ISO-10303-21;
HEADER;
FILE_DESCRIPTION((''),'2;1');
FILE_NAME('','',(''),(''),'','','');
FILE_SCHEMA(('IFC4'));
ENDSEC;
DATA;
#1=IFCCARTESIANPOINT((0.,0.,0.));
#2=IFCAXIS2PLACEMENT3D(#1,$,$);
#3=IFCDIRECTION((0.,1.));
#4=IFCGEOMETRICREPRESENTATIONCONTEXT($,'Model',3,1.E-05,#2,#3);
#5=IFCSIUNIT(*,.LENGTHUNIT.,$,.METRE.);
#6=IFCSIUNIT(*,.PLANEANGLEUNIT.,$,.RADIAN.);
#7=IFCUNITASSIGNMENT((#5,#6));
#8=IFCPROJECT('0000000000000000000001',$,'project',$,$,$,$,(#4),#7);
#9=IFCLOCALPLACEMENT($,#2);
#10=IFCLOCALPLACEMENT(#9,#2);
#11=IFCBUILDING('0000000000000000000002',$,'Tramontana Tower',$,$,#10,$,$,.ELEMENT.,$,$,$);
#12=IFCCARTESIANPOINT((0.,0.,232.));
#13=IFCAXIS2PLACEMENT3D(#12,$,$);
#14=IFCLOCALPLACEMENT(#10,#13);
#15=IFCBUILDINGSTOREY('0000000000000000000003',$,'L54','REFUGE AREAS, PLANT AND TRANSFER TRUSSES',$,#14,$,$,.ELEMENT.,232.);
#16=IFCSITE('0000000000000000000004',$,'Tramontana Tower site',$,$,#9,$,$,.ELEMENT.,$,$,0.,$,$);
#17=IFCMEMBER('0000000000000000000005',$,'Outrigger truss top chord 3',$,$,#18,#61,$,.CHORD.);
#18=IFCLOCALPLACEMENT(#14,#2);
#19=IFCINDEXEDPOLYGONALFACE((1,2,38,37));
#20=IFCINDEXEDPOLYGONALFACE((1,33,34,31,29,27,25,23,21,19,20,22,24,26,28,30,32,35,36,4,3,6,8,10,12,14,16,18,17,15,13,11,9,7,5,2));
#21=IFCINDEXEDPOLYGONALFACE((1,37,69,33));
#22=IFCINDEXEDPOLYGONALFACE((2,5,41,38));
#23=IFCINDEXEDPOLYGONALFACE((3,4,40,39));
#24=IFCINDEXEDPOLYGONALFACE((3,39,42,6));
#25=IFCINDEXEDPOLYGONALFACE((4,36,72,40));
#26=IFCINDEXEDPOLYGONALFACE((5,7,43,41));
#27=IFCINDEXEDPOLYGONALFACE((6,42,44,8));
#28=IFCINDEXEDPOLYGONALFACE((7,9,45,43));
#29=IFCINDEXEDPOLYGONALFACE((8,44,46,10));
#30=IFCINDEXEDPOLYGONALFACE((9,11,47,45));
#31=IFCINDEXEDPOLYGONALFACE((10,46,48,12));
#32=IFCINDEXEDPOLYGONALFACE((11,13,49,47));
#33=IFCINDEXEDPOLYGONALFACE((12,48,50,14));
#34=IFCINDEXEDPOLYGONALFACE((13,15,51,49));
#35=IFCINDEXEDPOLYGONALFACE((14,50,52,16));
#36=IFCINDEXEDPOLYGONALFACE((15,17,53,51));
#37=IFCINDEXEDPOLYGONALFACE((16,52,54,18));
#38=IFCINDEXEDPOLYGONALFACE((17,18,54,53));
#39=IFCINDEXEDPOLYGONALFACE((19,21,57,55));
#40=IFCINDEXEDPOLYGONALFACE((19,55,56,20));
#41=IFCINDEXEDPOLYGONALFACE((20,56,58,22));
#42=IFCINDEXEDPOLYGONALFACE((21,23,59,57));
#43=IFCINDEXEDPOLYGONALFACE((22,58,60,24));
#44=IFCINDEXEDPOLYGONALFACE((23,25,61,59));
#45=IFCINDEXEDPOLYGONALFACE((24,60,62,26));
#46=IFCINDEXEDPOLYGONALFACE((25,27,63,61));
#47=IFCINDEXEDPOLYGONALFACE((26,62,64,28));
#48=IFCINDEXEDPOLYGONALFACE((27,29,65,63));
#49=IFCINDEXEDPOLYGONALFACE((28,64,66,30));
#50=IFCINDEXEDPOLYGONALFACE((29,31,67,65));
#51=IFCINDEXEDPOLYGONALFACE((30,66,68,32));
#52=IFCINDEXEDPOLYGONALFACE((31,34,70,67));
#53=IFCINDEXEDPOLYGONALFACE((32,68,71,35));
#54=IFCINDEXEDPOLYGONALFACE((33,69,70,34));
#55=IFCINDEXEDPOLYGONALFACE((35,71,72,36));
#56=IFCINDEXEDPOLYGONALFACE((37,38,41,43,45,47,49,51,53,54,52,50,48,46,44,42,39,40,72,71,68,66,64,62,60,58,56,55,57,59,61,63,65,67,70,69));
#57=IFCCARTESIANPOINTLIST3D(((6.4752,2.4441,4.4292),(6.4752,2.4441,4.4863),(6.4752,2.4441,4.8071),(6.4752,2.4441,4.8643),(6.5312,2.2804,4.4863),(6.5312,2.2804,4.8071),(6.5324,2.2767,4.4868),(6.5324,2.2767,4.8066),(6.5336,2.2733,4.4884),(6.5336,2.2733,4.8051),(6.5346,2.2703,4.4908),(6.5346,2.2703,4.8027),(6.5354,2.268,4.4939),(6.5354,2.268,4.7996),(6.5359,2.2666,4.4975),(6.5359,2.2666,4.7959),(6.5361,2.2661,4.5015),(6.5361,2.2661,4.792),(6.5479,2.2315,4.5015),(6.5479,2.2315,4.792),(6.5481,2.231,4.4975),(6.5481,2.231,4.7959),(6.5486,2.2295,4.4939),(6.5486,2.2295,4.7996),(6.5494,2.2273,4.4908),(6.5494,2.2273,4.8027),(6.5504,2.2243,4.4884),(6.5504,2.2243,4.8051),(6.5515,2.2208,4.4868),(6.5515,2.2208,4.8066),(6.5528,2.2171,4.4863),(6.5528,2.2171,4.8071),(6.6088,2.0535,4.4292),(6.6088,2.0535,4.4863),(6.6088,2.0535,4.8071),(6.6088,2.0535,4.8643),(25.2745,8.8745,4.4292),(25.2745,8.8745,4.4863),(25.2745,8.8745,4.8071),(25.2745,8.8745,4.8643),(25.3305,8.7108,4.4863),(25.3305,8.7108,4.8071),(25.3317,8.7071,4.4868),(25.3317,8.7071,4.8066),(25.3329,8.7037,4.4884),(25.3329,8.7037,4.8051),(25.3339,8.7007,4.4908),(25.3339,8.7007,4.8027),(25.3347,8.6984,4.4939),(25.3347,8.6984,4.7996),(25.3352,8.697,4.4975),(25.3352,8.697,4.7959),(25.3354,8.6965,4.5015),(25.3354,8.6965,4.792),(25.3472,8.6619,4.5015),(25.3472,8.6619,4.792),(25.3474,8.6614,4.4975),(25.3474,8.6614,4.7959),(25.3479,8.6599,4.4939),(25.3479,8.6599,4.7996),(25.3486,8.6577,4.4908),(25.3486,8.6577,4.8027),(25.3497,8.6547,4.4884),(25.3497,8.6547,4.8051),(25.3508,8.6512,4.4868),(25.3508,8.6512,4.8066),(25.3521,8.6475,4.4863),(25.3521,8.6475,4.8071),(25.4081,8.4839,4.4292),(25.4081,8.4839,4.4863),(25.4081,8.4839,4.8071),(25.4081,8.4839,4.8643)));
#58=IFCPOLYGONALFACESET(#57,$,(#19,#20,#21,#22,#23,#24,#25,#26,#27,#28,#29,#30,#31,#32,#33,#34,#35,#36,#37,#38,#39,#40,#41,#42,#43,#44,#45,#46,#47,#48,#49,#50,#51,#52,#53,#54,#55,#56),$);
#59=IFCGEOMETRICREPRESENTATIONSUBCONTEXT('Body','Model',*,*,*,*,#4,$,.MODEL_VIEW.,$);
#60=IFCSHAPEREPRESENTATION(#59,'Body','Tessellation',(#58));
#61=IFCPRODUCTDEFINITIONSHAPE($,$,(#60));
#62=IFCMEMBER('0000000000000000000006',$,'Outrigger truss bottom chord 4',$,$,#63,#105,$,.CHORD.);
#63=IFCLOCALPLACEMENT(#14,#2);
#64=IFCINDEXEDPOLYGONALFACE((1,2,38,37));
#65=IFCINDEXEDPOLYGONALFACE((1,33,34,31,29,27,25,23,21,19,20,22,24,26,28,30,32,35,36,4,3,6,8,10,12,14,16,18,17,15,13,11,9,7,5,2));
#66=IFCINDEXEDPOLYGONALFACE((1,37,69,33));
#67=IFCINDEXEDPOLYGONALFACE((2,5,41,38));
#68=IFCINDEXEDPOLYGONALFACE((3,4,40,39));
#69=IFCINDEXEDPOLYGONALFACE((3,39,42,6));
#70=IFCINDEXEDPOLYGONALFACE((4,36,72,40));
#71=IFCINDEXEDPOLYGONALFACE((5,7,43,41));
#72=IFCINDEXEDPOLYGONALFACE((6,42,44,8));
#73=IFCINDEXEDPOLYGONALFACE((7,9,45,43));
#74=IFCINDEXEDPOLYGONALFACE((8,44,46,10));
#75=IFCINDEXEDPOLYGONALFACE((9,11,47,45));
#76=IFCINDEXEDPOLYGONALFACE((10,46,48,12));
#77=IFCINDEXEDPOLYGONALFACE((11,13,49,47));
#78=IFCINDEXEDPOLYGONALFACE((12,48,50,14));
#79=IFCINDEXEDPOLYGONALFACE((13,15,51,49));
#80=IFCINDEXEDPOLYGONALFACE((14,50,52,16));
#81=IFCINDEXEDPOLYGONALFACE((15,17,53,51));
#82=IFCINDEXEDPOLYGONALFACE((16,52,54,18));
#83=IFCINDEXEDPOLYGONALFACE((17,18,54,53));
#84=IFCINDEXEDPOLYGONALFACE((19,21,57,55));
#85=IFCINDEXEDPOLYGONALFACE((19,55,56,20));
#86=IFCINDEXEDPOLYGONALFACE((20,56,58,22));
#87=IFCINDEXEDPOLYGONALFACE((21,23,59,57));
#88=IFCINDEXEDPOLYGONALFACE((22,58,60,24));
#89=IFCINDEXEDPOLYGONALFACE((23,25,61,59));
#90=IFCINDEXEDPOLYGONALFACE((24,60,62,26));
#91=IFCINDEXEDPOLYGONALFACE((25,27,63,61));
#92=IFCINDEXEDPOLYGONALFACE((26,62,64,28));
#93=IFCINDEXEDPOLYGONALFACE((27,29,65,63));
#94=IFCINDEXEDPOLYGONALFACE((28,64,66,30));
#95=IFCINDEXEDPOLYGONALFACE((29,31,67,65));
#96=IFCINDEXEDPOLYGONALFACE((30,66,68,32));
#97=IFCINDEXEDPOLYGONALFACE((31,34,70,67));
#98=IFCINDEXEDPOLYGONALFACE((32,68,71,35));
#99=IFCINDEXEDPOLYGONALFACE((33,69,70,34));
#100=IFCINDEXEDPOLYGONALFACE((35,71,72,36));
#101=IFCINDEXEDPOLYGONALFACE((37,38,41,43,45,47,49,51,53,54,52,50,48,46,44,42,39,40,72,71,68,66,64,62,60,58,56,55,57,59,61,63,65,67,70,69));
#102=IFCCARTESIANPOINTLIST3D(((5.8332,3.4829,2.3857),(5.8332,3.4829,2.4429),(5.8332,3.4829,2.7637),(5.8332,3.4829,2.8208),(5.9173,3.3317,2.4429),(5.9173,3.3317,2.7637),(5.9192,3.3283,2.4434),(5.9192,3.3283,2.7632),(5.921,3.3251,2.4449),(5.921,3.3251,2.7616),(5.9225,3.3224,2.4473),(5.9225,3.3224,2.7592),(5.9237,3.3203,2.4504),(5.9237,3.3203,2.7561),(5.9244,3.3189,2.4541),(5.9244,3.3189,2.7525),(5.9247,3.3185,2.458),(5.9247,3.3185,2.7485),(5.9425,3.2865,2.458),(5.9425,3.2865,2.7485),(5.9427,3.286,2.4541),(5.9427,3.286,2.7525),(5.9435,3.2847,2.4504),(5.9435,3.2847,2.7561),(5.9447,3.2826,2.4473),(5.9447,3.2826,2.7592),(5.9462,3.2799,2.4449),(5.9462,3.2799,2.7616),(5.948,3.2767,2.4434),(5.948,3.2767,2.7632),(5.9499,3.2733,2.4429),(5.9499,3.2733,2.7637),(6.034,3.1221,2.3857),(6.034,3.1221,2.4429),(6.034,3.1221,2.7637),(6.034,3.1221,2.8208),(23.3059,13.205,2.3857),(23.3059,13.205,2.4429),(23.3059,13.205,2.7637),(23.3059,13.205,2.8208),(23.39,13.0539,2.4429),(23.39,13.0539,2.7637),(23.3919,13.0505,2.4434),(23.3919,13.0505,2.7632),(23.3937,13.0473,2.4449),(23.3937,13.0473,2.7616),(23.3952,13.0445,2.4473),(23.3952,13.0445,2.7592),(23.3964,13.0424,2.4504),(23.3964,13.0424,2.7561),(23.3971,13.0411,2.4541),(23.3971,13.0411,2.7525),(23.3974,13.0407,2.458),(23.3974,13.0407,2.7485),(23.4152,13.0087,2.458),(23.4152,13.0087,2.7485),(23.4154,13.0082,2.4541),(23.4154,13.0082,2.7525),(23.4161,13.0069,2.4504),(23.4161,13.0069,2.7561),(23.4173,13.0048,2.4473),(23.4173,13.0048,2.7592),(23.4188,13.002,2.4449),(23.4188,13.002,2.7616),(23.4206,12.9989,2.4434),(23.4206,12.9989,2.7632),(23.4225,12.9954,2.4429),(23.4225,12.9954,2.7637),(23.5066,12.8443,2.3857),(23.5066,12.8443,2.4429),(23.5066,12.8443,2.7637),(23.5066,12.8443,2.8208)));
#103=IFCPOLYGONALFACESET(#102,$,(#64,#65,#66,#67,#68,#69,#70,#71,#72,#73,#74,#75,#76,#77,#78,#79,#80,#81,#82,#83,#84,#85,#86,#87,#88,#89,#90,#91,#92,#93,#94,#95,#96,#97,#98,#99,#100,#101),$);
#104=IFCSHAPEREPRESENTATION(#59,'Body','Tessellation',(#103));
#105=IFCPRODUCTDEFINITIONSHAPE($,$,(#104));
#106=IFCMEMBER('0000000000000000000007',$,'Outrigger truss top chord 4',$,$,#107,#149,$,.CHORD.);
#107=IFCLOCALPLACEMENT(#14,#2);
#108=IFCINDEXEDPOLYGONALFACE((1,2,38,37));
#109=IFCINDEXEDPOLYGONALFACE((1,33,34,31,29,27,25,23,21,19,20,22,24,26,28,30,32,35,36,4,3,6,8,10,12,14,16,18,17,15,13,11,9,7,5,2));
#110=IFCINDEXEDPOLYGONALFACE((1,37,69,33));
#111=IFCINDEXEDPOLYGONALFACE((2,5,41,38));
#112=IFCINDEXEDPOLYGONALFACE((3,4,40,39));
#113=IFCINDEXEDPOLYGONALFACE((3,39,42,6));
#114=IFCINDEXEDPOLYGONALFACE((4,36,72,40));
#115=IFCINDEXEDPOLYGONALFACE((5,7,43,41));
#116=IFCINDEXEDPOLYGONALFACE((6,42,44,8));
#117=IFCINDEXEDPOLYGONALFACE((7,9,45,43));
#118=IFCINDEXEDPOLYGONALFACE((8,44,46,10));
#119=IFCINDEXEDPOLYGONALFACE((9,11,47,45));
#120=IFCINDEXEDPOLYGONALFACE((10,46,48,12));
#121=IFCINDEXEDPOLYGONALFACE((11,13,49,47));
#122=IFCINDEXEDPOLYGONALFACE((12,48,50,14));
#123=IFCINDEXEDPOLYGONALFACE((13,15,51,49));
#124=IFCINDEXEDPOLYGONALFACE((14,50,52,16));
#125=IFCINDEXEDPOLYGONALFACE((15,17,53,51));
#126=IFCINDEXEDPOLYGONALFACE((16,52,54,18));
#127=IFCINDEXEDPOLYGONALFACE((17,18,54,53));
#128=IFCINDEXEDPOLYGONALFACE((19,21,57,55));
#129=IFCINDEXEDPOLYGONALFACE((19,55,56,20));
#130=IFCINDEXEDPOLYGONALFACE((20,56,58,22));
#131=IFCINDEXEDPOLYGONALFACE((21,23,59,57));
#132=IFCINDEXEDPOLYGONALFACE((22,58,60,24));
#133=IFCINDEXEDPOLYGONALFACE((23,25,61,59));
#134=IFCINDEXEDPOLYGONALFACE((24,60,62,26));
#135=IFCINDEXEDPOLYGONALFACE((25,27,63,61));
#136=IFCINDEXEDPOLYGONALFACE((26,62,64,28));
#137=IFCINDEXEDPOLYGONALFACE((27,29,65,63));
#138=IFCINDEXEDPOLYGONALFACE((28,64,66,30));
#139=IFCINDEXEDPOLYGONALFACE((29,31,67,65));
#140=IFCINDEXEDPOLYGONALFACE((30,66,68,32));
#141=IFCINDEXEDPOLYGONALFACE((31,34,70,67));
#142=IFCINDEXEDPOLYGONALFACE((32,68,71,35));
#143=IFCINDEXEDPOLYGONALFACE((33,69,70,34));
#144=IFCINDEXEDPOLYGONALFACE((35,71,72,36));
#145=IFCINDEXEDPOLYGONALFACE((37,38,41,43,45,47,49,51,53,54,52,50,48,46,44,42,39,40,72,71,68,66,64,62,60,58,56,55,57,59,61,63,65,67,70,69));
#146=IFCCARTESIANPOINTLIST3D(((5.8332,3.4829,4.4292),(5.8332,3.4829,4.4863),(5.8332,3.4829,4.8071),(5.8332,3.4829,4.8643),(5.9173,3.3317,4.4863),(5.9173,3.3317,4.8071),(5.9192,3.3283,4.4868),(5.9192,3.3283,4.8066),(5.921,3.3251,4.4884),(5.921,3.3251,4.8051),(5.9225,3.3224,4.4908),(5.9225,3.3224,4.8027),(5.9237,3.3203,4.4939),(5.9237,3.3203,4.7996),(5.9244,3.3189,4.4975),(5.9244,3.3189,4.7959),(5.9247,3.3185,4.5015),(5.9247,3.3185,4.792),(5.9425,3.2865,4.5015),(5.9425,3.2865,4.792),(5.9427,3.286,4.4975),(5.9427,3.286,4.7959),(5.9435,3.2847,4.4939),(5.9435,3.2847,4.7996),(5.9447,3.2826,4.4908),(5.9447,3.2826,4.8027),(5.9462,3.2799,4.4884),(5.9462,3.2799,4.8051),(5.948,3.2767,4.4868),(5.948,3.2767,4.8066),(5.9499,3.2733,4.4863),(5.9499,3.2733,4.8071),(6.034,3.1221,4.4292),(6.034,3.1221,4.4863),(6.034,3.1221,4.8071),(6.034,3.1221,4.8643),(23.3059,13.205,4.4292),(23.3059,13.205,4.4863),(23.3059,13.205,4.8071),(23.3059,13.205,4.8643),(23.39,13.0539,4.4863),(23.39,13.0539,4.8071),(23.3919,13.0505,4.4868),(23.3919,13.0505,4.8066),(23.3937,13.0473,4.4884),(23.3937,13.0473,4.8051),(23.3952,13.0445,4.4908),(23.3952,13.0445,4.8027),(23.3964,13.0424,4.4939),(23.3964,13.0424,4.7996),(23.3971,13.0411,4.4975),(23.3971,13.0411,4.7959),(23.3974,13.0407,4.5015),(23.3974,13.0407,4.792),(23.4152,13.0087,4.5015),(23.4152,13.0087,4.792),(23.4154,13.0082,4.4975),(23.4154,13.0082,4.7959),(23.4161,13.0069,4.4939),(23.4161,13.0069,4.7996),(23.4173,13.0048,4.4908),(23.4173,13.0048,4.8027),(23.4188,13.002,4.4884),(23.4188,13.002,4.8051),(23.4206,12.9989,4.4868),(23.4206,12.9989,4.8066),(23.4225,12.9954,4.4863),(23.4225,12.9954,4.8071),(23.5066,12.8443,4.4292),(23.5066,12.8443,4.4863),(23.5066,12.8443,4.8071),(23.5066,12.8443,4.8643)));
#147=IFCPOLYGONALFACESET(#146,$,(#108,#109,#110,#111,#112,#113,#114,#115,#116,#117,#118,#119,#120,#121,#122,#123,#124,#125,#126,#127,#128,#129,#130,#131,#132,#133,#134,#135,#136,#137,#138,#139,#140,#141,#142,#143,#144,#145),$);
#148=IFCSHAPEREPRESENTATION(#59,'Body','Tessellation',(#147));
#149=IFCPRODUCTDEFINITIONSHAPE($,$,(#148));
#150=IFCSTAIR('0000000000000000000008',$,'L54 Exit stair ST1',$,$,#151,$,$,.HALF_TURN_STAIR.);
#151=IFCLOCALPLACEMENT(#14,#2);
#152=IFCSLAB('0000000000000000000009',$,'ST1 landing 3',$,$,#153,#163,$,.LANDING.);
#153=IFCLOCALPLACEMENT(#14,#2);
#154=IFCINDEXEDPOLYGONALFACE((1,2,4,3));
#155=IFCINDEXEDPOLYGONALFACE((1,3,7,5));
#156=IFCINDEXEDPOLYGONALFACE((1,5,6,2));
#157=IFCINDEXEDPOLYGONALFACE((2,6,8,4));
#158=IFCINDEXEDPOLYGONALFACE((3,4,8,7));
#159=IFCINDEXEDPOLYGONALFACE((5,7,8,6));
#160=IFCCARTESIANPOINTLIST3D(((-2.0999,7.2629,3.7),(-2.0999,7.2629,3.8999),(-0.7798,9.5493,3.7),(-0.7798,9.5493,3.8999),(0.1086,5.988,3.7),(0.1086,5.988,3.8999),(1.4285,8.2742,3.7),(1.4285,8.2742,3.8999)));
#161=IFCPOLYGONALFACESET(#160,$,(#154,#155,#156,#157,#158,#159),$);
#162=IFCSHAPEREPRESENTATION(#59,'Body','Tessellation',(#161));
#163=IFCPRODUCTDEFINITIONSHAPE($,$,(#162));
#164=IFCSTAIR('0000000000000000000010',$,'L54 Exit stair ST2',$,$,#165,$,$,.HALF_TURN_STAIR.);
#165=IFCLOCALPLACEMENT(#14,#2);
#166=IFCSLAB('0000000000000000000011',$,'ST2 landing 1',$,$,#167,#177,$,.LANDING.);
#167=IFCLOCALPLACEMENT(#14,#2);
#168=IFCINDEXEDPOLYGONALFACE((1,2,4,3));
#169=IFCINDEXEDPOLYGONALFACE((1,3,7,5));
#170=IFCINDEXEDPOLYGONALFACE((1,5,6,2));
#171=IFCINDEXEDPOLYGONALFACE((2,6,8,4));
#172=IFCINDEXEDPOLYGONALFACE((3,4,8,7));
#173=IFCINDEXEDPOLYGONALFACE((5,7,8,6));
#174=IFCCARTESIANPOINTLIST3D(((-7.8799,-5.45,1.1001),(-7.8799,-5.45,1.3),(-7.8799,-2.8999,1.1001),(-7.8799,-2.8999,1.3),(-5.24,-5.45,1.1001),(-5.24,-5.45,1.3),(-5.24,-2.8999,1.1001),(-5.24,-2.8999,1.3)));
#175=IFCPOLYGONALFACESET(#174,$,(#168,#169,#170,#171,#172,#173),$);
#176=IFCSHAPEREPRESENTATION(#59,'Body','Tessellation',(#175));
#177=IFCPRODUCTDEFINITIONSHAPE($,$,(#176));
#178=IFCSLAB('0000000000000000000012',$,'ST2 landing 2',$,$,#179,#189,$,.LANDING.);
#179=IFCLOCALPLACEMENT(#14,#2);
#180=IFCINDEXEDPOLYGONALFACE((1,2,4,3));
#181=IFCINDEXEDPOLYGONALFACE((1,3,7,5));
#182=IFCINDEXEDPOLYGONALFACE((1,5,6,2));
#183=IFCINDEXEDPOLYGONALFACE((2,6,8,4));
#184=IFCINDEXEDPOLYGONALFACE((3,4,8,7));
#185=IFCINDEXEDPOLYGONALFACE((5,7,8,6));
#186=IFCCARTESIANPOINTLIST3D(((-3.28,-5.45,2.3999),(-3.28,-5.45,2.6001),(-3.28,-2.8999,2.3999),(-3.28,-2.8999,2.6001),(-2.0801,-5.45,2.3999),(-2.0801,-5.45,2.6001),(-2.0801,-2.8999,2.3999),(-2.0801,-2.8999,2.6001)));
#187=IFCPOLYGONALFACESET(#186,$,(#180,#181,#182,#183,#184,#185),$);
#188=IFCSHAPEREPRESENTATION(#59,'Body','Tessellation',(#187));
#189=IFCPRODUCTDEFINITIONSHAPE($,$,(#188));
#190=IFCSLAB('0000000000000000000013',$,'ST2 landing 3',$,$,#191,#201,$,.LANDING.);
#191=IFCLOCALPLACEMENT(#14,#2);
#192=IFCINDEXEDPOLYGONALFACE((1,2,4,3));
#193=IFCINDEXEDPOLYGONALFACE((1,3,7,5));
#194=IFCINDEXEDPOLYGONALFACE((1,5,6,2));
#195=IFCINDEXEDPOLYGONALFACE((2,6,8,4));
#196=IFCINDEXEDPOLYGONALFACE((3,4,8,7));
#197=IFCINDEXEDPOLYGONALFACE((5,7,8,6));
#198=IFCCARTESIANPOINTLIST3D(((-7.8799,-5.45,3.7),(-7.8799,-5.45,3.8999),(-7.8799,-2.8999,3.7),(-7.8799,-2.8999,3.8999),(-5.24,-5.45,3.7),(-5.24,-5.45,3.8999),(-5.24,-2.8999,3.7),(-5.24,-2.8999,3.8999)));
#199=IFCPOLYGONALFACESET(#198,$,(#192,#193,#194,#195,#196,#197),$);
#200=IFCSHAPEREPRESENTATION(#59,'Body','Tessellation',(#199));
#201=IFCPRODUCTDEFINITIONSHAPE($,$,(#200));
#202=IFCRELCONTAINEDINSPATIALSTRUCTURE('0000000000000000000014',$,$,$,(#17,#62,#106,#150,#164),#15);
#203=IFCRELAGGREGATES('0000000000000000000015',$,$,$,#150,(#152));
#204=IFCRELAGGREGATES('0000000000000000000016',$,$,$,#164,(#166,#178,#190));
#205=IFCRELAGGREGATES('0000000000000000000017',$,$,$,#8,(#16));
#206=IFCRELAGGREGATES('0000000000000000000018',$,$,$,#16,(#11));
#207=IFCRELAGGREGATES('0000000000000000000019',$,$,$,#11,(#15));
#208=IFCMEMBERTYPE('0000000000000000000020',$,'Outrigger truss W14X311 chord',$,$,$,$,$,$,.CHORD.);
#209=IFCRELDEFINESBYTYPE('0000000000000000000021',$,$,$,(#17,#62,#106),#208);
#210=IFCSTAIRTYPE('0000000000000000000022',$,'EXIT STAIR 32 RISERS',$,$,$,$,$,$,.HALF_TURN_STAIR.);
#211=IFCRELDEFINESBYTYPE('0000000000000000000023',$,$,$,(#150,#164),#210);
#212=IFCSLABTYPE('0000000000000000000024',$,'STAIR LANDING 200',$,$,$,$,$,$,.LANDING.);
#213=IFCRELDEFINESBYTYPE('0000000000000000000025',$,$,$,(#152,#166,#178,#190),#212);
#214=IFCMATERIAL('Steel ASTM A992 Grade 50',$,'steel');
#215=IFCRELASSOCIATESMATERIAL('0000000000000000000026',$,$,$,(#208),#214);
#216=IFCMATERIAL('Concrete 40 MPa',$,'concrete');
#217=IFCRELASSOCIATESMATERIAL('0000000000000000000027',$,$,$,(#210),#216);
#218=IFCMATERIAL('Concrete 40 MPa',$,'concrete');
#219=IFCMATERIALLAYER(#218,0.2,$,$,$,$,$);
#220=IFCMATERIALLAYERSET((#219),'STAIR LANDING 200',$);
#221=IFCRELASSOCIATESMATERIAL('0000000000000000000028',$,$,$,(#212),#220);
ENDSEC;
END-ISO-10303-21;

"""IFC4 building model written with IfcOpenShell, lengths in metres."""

from ifc_helpers import new_model, si_unit, direction, frame, origin, origin_2d, place, context, subcontext, project, spatial, polyline, i_section, outline, extrude, material, layer, layer_set, material_profile, profile_set, type_object, element, aggregate, save


model = new_model("IFC4")

# Units and contexts
model_context = context("Model", 3, precision=1e-05, world=origin(), true_north=direction((0.0, 1.0)))
body_context = subcontext(model_context, "Body", "Model", "MODEL_VIEW")
ifc_project = project(units=[si_unit("LENGTHUNIT", "METRE"), si_unit("PLANEANGLEUNIT", "RADIAN")], contexts=[model_context])

# Site, building, storey
site_placement = place(None, origin())
site = spatial("IfcSite", under=ifc_project, at=site_placement, Name="Tramontana Tower site", CompositionType="ELEMENT", RefElevation=0.0)
building_placement = place(site_placement, origin())
building = spatial("IfcBuilding", under=site, at=building_placement, Name="Tramontana Tower", CompositionType="ELEMENT")
storey_placement = place(building_placement, frame((0.0, 0.0, 232.0)))
storey = spatial("IfcBuildingStorey", under=building, at=storey_placement, Name="L54", Description="REFUGE AREAS, PLANT AND TRANSFER TRUSSES", CompositionType="ELEMENT", Elevation=232.0)

# Members
ifc_material_1 = material(Name="Steel ASTM A992 Grade 50", Category="steel")
ifc_material_profile_1 = material_profile(ifc_material_1, i_section(OverallWidth=0.4128, OverallDepth=0.4351, WebThickness=0.0366, FlangeThickness=0.0571, FilletRadius=0.0151, at=origin_2d()), Name="W14X311")
ifc_profile_set_1 = profile_set([ifc_material_profile_1], Name="Steel ASTM A992 Grade 50")
member_type_1 = type_object("IfcMemberType", Name="Outrigger truss W14X311 chord", PredefinedType="CHORD", material=ifc_profile_set_1)
for number, where, z_axis, x_axis, name in (
    (1, (6.542, 2.2488, 4.6467), (0.946178, 0.323646, 0.0), (-0.323646, 0.946178, 0.0), "Outrigger truss top chord 3"),
):
    element("IfcMember", number, at=place(storey_placement, frame(where, z_axis=z_axis, x_axis=x_axis)), inside=storey, type_object=member_type_1, Name=name, PredefinedType="CHORD", context=body_context, shape_type="SweptSolid", body=[
        extrude(i_section(OverallWidth=0.4128, OverallDepth=0.4351, WebThickness=0.0366, FlangeThickness=0.0571, FilletRadius=0.0151, at=origin_2d()), origin(), (0.0, 0.0, 1.0), 19.8687),
    ])
for number, where, z_axis, x_axis, name in (
    (2, (5.9336, 3.3025, 2.6033), (0.873836, 0.486221, 0.0), (-0.486221, 0.873836, 0.0), "Outrigger truss bottom chord 4"),
    (3, (5.9336, 3.3025, 4.6467), (0.873836, 0.486221, 0.0), (-0.486221, 0.873836, 0.0), "Outrigger truss top chord 4"),
):
    element("IfcMember", number, at=place(storey_placement, frame(where, z_axis=z_axis, x_axis=x_axis)), inside=storey, type_object=member_type_1, Name=name, PredefinedType="CHORD", context=body_context, shape_type="SweptSolid", body=[
        extrude(i_section(OverallWidth=0.4128, OverallDepth=0.4351, WebThickness=0.0366, FlangeThickness=0.0571, FilletRadius=0.0151, at=origin_2d()), origin(), (0.0, 0.0, 1.0), 19.9954),
    ])

# Stair, slab
ifc_material_2 = material(Name="Concrete 40 MPa", Category="concrete")
stair_type = type_object("IfcStairType", Name="EXIT STAIR 32 RISERS", PredefinedType="HALF_TURN_STAIR", material=ifc_material_2)
stair_1_placement = place(storey_placement, origin())
stair_1 = element("IfcStair", 4, at=stair_1_placement, inside=storey, type_object=stair_type, Name="L54 Exit stair ST1", PredefinedType="HALF_TURN_STAIR")
ifc_material_3 = material(Name="Concrete 40 MPa", Category="concrete")
ifc_layer_1 = layer(ifc_material_3, 0.2)
ifc_layer_set_1 = layer_set([ifc_layer_1], Name="STAIR LANDING 200")
slab_type = type_object("IfcSlabType", Name="STAIR LANDING 200", PredefinedType="LANDING", material=ifc_layer_set_1)
slab_1_placement = place(storey_placement, frame((0.0, 0.0, 3.7)))
slab_1 = element("IfcSlab", 5, at=slab_1_placement, type_object=slab_type, Name="ST1 landing 3", PredefinedType="LANDING", context=body_context, shape_type="SweptSolid", body=[
    extrude(outline(polyline([(0.1086, 5.988), (1.4285, 8.2742), (-0.7798, 9.5493), (-2.0999, 7.2629), (0.1086, 5.988)])), origin(), (0.0, 0.0, 1.0), 0.2),
])
aggregate(stair_1, [slab_1])

# Stair, slabs
stair_2_placement = place(storey_placement, origin())
stair_2 = element("IfcStair", 6, at=stair_2_placement, inside=storey, type_object=stair_type, Name="L54 Exit stair ST2", PredefinedType="HALF_TURN_STAIR")
slab_2_placement = place(storey_placement, frame((0.0, 0.0, 1.1001)))
slab_2 = element("IfcSlab", 7, at=slab_2_placement, type_object=slab_type, Name="ST2 landing 1", PredefinedType="LANDING", context=body_context, shape_type="SweptSolid", body=[
    extrude(outline(polyline([(-5.24, -2.8999), (-7.8799, -2.8999), (-7.8799, -5.45), (-5.24, -5.45), (-5.24, -2.8999)])), origin(), (0.0, 0.0, 1.0), 0.2),
])
slab_3_placement = place(storey_placement, frame((0.0, 0.0, 2.3999)))
slab_3 = element("IfcSlab", 8, at=slab_3_placement, type_object=slab_type, Name="ST2 landing 2", PredefinedType="LANDING", context=body_context, shape_type="SweptSolid", body=[
    extrude(outline(polyline([(-2.0801, -2.8999), (-3.28, -2.8999), (-3.28, -5.45), (-2.0801, -5.45), (-2.0801, -2.8999)])), origin(), (0.0, 0.0, 1.0), 0.2002),
])
slab_4_placement = place(storey_placement, frame((0.0, 0.0, 3.7)))
slab_4 = element("IfcSlab", 9, at=slab_4_placement, type_object=slab_type, Name="ST2 landing 3", PredefinedType="LANDING", context=body_context, shape_type="SweptSolid", body=[
    extrude(outline(polyline([(-5.24, -2.8999), (-7.8799, -2.8999), (-7.8799, -5.45), (-5.24, -5.45), (-5.24, -2.8999)])), origin(), (0.0, 0.0, 1.0), 0.2),
])
aggregate(stair_2, [slab_2, slab_3, slab_4])

save(model, "model.ifc")
